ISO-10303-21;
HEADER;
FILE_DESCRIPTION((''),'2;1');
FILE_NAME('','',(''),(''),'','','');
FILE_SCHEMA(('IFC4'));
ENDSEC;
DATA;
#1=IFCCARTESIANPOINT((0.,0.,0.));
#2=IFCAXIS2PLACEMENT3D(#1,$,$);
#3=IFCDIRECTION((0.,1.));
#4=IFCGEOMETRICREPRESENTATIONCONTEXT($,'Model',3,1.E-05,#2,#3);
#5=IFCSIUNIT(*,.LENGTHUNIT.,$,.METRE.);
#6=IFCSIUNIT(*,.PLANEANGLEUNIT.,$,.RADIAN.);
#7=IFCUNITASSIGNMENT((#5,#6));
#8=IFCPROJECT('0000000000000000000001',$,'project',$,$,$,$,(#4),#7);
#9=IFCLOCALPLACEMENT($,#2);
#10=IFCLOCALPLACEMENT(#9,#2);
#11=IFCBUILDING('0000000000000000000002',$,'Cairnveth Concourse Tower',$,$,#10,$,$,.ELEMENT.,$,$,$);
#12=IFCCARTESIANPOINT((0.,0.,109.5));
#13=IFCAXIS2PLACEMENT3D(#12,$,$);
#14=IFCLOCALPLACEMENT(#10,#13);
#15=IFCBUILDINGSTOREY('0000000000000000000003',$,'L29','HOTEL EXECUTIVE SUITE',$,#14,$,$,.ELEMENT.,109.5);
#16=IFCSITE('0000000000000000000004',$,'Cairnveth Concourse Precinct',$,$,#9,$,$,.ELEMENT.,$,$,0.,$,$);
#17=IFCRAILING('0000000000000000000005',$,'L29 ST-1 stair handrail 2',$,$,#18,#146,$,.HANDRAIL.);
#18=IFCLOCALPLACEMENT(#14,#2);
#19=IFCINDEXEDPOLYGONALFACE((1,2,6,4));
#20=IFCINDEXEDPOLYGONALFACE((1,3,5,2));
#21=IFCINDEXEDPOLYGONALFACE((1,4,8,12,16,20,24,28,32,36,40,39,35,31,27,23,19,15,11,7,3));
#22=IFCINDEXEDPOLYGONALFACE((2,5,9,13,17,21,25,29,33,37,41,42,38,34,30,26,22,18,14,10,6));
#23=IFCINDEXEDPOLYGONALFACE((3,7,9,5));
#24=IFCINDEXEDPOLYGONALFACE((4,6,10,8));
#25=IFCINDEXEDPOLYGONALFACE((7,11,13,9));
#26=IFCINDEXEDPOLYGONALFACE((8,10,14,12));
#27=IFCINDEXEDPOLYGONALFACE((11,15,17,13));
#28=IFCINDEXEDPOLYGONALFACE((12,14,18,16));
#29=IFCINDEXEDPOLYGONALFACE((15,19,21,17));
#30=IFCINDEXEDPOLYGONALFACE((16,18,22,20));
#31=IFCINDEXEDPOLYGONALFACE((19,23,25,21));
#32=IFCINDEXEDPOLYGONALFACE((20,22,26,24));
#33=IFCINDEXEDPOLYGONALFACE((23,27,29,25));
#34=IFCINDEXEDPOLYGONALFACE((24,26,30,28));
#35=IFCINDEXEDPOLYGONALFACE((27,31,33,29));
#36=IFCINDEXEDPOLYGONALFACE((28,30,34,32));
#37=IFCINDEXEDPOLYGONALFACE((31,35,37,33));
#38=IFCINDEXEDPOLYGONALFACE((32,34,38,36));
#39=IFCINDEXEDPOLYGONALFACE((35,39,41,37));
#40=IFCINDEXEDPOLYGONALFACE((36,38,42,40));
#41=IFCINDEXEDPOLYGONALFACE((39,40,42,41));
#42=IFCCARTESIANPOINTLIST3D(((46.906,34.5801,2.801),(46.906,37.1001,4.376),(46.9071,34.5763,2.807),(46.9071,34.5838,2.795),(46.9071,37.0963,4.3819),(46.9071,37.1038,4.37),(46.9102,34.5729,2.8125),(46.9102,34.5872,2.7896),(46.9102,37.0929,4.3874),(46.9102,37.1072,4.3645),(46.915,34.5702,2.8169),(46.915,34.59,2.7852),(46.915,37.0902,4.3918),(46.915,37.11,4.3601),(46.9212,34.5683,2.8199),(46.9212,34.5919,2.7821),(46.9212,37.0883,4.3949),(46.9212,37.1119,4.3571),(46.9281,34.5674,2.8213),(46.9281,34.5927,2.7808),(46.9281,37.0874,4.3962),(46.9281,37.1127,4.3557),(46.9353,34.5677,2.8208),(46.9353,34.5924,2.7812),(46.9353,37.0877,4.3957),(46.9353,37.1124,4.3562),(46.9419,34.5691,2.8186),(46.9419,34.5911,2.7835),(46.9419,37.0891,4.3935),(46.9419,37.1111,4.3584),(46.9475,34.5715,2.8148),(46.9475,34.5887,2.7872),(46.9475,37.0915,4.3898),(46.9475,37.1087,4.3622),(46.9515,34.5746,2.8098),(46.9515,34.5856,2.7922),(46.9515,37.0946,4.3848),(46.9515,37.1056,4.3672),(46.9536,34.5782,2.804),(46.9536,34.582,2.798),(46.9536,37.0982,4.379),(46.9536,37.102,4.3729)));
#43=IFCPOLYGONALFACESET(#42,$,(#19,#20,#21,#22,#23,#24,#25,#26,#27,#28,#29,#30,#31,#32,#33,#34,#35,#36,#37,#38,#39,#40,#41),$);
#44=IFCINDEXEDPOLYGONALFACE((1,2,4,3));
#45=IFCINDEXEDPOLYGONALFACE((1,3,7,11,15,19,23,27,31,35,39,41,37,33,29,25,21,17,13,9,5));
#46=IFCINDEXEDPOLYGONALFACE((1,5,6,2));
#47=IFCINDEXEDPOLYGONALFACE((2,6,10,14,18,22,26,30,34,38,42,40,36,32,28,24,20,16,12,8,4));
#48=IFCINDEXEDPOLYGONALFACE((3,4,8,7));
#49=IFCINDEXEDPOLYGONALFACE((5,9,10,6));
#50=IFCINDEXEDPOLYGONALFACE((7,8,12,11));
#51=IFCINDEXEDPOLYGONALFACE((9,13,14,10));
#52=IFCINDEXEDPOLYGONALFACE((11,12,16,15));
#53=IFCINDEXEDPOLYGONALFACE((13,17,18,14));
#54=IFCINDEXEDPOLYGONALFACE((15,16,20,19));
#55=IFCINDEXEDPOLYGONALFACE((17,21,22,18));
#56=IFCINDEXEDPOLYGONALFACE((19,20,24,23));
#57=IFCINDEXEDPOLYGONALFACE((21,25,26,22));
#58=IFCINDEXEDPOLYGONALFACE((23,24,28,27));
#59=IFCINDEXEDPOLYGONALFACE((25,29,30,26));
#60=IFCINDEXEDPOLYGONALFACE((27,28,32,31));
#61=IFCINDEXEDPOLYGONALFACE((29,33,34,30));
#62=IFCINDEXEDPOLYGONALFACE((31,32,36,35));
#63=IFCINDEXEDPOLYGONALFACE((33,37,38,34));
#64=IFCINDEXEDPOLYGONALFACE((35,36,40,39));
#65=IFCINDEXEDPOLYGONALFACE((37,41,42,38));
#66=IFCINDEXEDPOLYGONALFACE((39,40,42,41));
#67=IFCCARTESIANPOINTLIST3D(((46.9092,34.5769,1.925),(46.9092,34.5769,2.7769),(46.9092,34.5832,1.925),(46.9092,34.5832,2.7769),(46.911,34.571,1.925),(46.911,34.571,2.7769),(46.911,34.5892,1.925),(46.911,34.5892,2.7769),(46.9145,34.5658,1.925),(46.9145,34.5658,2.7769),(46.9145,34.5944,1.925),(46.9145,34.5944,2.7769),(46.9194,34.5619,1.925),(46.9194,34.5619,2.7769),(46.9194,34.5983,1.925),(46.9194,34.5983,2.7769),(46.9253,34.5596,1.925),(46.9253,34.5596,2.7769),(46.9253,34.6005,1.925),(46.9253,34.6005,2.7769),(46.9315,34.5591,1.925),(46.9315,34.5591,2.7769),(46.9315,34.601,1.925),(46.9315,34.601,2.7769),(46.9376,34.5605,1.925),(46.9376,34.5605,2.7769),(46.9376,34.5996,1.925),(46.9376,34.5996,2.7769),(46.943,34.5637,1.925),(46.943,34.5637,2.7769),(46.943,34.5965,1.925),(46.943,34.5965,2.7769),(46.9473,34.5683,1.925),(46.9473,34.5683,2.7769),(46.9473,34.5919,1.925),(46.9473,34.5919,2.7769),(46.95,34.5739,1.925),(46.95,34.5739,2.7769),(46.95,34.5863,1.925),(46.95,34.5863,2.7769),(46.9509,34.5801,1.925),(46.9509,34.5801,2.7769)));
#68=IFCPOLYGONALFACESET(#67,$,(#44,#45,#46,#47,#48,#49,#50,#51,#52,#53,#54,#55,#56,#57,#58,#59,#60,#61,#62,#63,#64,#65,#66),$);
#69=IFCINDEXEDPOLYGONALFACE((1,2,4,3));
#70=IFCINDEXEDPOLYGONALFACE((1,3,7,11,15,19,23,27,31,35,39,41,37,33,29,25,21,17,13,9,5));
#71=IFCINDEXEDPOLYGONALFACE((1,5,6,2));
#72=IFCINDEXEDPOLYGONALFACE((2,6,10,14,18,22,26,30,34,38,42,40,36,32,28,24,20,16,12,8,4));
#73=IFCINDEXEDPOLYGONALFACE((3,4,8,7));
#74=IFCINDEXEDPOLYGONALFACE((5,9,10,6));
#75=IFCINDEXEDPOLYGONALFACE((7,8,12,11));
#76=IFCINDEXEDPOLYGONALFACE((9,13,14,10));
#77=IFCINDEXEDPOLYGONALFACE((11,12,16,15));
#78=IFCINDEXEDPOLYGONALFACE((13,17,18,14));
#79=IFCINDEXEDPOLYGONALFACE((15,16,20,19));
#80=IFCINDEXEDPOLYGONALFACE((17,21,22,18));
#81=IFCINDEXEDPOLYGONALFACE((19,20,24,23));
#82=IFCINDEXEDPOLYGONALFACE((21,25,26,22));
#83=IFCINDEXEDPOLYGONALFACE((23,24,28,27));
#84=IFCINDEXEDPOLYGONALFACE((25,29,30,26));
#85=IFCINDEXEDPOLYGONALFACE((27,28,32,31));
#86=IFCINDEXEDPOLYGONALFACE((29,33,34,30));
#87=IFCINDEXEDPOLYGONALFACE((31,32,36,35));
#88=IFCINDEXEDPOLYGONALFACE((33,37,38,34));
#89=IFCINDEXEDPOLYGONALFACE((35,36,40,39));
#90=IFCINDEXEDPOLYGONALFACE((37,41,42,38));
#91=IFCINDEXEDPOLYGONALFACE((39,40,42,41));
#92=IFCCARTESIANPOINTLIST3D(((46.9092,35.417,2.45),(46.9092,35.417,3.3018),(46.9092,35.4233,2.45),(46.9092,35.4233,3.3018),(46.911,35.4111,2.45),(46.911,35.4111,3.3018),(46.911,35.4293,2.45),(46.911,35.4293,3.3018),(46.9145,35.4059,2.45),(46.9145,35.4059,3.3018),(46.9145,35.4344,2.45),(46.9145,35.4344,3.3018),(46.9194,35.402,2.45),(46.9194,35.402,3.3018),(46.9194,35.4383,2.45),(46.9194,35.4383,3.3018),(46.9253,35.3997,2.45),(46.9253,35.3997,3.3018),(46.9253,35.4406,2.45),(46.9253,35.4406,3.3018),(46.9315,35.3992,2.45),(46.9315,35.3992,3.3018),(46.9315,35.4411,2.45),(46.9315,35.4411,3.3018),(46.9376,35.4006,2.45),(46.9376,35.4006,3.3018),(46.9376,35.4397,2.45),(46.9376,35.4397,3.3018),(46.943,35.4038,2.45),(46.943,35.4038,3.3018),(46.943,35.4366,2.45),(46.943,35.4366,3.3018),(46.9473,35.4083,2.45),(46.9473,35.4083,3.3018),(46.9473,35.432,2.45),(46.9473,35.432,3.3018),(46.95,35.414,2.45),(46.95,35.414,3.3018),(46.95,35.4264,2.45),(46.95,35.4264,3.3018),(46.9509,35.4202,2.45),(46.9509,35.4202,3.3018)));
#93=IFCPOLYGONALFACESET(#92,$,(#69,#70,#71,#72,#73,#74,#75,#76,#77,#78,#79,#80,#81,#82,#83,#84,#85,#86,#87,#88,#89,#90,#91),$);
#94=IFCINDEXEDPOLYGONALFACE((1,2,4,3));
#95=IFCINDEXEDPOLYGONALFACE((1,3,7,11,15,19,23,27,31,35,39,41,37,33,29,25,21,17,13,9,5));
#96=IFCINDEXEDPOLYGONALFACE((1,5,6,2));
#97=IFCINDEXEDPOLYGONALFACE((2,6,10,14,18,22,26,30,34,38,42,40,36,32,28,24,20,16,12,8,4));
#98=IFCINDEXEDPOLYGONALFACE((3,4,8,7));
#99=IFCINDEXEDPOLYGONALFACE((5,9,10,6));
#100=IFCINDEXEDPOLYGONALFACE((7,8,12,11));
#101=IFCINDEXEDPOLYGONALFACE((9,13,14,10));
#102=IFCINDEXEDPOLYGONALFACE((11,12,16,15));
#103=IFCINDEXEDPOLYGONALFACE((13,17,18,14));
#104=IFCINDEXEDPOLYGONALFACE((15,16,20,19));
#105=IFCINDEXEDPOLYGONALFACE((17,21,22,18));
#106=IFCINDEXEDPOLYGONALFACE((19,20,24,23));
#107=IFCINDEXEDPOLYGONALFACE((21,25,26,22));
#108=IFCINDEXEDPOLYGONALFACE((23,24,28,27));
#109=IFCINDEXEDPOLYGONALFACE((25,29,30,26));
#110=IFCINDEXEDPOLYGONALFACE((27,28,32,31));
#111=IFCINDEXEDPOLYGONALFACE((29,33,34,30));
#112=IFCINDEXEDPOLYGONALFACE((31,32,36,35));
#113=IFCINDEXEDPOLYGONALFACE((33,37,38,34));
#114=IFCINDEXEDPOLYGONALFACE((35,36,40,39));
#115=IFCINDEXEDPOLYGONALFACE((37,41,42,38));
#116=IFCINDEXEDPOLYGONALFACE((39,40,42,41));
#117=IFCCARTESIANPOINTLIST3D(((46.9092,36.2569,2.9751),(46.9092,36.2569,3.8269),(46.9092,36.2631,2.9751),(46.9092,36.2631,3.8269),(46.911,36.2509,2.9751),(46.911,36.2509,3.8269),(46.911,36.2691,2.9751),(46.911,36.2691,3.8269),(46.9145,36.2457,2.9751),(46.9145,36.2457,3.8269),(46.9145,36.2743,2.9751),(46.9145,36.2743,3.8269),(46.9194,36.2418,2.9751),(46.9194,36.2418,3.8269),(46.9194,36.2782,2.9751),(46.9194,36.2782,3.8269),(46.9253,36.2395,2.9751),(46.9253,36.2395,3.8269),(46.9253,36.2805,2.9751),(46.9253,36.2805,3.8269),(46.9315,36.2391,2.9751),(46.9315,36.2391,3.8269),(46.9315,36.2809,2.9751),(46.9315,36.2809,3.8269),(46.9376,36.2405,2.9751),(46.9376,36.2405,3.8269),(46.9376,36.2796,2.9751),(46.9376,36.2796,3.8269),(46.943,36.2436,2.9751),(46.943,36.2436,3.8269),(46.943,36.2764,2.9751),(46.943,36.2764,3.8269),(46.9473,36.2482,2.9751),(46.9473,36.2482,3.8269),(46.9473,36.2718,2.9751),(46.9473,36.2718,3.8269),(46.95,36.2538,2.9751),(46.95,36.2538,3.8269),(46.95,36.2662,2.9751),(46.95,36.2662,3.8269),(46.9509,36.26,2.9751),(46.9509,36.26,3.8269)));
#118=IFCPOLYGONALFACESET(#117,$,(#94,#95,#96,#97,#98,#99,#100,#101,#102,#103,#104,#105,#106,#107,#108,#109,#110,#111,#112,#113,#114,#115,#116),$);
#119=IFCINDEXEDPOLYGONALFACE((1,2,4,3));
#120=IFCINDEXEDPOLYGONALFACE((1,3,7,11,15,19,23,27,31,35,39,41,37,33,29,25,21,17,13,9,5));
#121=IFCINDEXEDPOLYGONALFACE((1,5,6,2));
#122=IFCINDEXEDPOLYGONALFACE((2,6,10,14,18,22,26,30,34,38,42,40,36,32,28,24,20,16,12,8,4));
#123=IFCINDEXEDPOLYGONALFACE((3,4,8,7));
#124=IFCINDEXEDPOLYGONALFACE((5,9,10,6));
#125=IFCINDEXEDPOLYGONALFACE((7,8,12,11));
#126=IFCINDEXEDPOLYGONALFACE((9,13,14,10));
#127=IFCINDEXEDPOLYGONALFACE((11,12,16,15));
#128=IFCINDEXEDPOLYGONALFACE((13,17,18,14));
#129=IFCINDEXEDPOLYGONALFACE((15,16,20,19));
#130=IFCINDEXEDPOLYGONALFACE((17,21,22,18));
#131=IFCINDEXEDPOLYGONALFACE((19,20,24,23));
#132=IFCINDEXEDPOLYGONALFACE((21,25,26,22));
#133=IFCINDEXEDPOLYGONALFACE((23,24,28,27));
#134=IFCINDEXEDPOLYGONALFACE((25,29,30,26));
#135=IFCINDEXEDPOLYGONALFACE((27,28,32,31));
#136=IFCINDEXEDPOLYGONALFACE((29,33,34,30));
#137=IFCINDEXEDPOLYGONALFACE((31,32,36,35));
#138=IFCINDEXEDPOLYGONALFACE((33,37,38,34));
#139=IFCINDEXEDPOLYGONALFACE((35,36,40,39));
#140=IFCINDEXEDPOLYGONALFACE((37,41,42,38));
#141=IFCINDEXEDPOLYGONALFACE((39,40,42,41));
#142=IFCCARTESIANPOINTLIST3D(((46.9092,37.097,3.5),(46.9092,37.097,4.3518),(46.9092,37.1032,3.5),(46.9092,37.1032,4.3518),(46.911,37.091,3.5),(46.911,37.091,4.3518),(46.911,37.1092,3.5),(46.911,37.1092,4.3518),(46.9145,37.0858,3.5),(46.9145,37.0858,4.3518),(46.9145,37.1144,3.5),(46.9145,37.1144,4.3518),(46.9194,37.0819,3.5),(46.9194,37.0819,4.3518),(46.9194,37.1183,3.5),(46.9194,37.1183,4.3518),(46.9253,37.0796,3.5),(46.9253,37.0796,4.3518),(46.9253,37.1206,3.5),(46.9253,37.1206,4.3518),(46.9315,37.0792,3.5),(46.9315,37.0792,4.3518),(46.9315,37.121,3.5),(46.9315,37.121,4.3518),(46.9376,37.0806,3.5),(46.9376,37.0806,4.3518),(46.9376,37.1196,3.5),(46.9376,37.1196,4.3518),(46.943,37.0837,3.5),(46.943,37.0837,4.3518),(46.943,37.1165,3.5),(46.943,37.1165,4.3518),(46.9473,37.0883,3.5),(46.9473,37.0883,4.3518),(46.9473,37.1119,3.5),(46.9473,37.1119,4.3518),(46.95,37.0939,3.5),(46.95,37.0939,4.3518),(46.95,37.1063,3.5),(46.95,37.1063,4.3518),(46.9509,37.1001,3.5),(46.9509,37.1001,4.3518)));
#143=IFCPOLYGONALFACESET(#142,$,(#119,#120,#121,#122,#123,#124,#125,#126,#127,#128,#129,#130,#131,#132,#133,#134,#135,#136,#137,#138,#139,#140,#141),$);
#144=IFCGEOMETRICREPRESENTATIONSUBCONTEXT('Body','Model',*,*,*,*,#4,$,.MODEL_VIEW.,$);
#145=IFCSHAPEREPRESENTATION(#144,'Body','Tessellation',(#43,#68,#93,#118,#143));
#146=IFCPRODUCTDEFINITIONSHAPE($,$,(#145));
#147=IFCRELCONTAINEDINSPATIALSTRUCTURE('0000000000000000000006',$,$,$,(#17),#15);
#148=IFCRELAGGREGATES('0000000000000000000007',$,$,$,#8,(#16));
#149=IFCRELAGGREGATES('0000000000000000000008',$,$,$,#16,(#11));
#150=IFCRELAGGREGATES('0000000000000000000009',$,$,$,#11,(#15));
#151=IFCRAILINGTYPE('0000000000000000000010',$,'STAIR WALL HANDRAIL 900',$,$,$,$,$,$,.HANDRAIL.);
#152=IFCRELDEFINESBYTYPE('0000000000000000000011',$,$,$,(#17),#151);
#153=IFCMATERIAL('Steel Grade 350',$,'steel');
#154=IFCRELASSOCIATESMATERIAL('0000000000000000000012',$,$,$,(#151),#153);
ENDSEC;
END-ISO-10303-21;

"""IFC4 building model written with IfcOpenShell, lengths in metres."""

from ifc_helpers import new_model, si_unit, direction, frame, origin, origin_2d, place, context, subcontext, project, spatial, circle, extrude, material, type_object, element, save


model = new_model("IFC4")

# Units and contexts
model_context = context("Model", 3, precision=1e-05, world=origin(), true_north=direction((0.0, 1.0)))
body_context = subcontext(model_context, "Body", "Model", "MODEL_VIEW")
ifc_project = project(units=[si_unit("LENGTHUNIT", "METRE"), si_unit("PLANEANGLEUNIT", "RADIAN")], contexts=[model_context])

# Site, building, storey
site_placement = place(None, origin())
site = spatial("IfcSite", under=ifc_project, at=site_placement, Name="Cairnveth Concourse Precinct", CompositionType="ELEMENT", RefElevation=0.0)
building_placement = place(site_placement, origin())
building = spatial("IfcBuilding", under=site, at=building_placement, Name="Cairnveth Concourse Tower", CompositionType="ELEMENT")
storey_placement = place(building_placement, frame((0.0, 0.0, 109.5)))
storey = spatial("IfcBuildingStorey", under=building, at=storey_placement, Name="L29", Description="HOTEL EXECUTIVE SUITE", CompositionType="ELEMENT", Elevation=109.5)

# Railing
ifc_material_1 = material(Name="Steel Grade 350", Category="steel")
railing_type_1 = type_object("IfcRailingType", Name="STAIR WALL HANDRAIL 900", PredefinedType="HANDRAIL", material=ifc_material_1)
railing_1_placement = place(storey_placement, frame((46.9299, 34.5801, 1.925)))
element("IfcRailing", 1, at=railing_1_placement, inside=storey, type_object=railing_type_1, Name="L29 ST-1 stair handrail 2", PredefinedType="HANDRAIL", context=body_context, shape_type="SweptSolid", body=[
    extrude(circle(Radius=0.0239, at=origin_2d()), frame((0.0, 0.0, 0.876), z_axis=(0.0, 0.848008, 0.529984), x_axis=(-1.0, 0.0, 0.0)), (0.0, 0.0, 1.0), 2.9717),
    extrude(circle(Radius=0.021, at=origin_2d()), origin(), (0.0, 0.0, 1.0), 0.8518),
    extrude(circle(Radius=0.021, at=origin_2d()), frame((0.0, 0.8401, 0.5249)), (0.0, 0.0, 1.0), 0.8518),
    extrude(circle(Radius=0.021, at=origin_2d()), frame((0.0, 1.6799, 1.05)), (0.0, 0.0, 1.0), 0.8518),
    extrude(circle(Radius=0.021, at=origin_2d()), frame((0.0, 2.52, 1.575)), (0.0, 0.0, 1.0), 0.8518),
])

save(model, "model.ifc")
